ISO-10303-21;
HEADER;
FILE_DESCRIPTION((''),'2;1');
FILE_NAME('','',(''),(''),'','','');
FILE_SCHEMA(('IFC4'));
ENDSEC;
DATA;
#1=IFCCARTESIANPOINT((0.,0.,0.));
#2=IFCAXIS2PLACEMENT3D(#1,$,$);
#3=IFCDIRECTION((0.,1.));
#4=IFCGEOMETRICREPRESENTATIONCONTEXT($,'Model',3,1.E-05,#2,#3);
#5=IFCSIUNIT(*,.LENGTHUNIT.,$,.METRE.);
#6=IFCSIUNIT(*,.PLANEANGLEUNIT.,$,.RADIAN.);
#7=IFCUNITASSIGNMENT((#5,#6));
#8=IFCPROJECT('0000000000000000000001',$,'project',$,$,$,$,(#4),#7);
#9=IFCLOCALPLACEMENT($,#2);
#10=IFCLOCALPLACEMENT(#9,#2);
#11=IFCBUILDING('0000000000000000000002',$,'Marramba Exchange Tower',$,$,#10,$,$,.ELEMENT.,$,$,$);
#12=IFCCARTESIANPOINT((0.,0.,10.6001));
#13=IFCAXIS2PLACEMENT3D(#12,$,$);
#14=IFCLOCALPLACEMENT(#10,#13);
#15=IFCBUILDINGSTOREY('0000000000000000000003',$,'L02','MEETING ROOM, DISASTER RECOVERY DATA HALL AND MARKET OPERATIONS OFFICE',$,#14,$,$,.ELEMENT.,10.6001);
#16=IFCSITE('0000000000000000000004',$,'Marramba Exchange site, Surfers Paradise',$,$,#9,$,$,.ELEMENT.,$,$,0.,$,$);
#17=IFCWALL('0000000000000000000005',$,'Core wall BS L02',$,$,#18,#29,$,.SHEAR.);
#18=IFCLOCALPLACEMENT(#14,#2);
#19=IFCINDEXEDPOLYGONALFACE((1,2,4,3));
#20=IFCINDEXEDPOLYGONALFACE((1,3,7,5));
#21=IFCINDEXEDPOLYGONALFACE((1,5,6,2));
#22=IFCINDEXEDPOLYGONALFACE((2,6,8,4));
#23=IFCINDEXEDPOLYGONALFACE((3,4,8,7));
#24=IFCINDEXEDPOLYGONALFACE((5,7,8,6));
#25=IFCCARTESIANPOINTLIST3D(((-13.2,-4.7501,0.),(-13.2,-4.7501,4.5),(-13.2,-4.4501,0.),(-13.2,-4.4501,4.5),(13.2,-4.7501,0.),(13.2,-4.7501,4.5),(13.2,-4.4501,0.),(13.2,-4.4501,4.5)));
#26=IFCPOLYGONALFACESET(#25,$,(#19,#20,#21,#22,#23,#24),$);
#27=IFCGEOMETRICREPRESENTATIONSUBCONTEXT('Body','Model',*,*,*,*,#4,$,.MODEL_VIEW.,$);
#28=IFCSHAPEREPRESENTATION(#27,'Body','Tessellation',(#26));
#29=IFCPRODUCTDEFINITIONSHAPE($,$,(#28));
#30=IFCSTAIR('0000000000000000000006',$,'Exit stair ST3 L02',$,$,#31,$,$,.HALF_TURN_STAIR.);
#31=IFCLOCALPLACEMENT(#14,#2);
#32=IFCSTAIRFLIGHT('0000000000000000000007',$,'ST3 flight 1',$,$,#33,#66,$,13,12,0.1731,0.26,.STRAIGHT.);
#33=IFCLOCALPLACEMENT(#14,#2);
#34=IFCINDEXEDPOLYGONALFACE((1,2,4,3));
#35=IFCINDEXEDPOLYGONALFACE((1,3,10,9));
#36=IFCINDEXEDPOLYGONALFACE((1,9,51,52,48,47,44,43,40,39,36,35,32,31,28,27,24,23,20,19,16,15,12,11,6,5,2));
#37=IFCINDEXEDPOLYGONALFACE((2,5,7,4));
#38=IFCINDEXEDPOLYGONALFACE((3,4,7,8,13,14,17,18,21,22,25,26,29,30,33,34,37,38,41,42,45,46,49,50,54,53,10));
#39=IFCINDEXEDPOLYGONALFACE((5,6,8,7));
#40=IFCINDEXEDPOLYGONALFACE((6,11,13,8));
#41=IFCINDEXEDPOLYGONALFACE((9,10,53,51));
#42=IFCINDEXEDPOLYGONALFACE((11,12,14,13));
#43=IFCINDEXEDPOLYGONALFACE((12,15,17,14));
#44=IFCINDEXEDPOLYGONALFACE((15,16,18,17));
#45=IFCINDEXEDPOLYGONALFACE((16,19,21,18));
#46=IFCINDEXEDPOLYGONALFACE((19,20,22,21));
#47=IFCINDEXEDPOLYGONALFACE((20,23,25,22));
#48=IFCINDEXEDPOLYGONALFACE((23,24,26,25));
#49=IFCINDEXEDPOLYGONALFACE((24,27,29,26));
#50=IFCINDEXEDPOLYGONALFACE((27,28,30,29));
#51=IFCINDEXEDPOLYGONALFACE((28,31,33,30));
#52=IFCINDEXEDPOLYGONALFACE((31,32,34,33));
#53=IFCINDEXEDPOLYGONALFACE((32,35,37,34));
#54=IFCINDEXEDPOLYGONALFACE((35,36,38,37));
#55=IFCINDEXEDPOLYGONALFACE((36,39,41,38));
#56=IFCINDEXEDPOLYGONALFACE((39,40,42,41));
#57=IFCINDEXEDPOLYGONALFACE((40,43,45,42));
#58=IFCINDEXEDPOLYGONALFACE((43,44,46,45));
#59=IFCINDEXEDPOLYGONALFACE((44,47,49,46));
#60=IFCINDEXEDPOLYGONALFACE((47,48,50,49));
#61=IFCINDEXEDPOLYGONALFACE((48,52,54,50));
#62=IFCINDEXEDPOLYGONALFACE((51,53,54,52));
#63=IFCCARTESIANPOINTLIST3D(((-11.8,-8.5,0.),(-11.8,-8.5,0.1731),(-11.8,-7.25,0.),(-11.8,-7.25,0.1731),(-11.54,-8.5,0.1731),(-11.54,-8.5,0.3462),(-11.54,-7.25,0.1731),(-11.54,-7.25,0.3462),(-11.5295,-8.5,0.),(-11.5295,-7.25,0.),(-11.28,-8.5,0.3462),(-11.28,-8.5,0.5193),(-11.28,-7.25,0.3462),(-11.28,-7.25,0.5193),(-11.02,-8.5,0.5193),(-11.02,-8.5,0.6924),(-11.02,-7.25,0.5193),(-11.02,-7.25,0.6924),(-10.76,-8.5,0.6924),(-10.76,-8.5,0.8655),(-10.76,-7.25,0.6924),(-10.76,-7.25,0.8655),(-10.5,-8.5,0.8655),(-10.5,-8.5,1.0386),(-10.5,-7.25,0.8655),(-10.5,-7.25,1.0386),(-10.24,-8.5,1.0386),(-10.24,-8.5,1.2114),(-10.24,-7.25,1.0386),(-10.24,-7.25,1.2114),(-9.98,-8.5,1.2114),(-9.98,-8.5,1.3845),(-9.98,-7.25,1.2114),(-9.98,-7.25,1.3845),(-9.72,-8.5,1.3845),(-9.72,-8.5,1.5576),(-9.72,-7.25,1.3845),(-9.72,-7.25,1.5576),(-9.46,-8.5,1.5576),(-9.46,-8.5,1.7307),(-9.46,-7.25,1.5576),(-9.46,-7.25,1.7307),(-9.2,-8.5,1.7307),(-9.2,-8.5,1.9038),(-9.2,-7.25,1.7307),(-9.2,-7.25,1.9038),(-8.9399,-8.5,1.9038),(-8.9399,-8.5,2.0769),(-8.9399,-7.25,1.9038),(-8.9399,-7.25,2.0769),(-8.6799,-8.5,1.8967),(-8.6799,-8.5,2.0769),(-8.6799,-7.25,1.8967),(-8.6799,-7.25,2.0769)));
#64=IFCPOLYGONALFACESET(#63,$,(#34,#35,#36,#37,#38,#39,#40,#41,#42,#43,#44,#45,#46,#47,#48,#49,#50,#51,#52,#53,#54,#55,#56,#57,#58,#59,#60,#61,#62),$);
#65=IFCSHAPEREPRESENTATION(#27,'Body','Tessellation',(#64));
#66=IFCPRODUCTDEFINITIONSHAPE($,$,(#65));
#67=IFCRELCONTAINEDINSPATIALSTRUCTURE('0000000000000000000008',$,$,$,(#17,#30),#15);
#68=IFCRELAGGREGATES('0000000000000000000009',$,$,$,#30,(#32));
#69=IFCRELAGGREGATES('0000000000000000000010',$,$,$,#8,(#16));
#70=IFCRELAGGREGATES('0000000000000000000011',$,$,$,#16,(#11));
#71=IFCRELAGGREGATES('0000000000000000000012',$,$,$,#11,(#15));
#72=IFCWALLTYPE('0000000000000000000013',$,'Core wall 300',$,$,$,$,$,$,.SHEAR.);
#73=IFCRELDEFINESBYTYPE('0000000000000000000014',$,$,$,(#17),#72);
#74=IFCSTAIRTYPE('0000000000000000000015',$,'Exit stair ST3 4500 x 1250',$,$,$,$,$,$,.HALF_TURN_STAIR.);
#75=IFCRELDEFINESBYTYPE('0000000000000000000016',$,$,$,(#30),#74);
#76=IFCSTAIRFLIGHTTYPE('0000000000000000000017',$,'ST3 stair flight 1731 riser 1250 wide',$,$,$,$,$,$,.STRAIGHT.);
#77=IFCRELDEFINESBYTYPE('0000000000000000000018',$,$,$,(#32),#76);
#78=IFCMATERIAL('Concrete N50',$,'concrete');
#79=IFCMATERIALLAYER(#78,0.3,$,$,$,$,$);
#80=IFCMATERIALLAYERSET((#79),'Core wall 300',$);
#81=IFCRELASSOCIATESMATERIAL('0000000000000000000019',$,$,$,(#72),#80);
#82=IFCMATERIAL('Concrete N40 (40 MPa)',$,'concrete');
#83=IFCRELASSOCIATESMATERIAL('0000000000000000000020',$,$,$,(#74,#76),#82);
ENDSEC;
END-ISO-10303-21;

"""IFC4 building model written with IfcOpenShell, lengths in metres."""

from ifc_helpers import new_model, si_unit, direction, frame, frame_2d, origin, place, context, subcontext, project, spatial, polyline, rectangle, outline, extrude, material, layer, layer_set, type_object, element, aggregate, save


model = new_model("IFC4")

# Units and contexts
model_context = context("Model", 3, precision=1e-05, world=origin(), true_north=direction((0.0, 1.0)))
body_context = subcontext(model_context, "Body", "Model", "MODEL_VIEW")
ifc_project = project(units=[si_unit("LENGTHUNIT", "METRE"), si_unit("PLANEANGLEUNIT", "RADIAN")], contexts=[model_context])

# Site, building, storey
site_placement = place(None, origin())
site = spatial("IfcSite", under=ifc_project, at=site_placement, Name="Marramba Exchange site, Surfers Paradise", CompositionType="ELEMENT", RefElevation=0.0)
building_placement = place(site_placement, origin())
building = spatial("IfcBuilding", under=site, at=building_placement, Name="Marramba Exchange Tower", CompositionType="ELEMENT")
storey_placement = place(building_placement, frame((0.0, 0.0, 10.6001)))
storey = spatial("IfcBuildingStorey", under=building, at=storey_placement, Name="L02", Description="MEETING ROOM, DISASTER RECOVERY DATA HALL AND MARKET OPERATIONS OFFICE", CompositionType="ELEMENT", Elevation=10.6001)

# Shared definitions
ifc_material_1 = material(Name="Concrete N50", Category="concrete")
ifc_layer_1 = layer(ifc_material_1, 0.3)
ifc_layer_set_1 = layer_set([ifc_layer_1], Name="Core wall 300")
wall_type_1 = type_object("IfcWallType", Name="Core wall 300", PredefinedType="SHEAR", material=ifc_layer_set_1)

# Wall
wall_1_placement = place(storey_placement, frame((-13.2, -4.6001, 0.0), z_axis=(0.0, 0.0, 1.0), x_axis=(1.0, 0.0, 0.0)))
element("IfcWall", 1, at=wall_1_placement, inside=storey, type_object=wall_type_1, Name="Core wall BS L02", PredefinedType="SHEAR", context=body_context, shape_type="SweptSolid", body=[
    extrude(rectangle(XDim=26.3999, YDim=0.3, at=frame_2d((13.2, 0.0))), origin(), (0.0, 0.0, 1.0), 4.5),
])

# Stair, stair flight
ifc_material_2 = material(Name="Concrete N40 (40 MPa)", Category="concrete")
stair_type = type_object("IfcStairType", Name="Exit stair ST3 4500 x 1250", PredefinedType="HALF_TURN_STAIR", material=ifc_material_2)
stair_placement = place(storey_placement, origin())
stair = element("IfcStair", 2, at=stair_placement, inside=storey, type_object=stair_type, Name="Exit stair ST3 L02", PredefinedType="HALF_TURN_STAIR")
stair_flight_type = type_object("IfcStairFlightType", Name="ST3 stair flight 1731 riser 1250 wide", PredefinedType="STRAIGHT", material=ifc_material_2)
stair_flight_placement = place(storey_placement, frame((-11.8, -7.875, 0.0), z_axis=(0.0, 0.0, 1.0), x_axis=(1.0, 0.0, 0.0)))
stair_flight = element("IfcStairFlight", 3, at=stair_flight_placement, type_object=stair_flight_type, Name="ST3 flight 1", NumberOfRisers=13, NumberOfTreads=12, PredefinedType="STRAIGHT", RiserHeight=0.1731, TreadLength=0.26, context=body_context, shape_type="SweptSolid", body=[
    extrude(outline(polyline([(0.0, 0.0), (0.0, 0.1731), (0.26, 0.1731), (0.26, 0.3462), (0.52, 0.3462), (0.52, 0.5193), (0.78, 0.5193), (0.78, 0.6924), (1.04, 0.6924), (1.04, 0.8655), (1.3, 0.8655), (1.3, 1.0386), (1.5601, 1.0386), (1.5601, 1.2114), (1.8201, 1.2114), (1.8201, 1.3845), (2.0801, 1.3845), (2.0801, 1.5576), (2.3401, 1.5576), (2.3401, 1.7307), (2.6001, 1.7307), (2.6001, 1.9038), (2.8601, 1.9038), (2.8601, 2.0769), (3.1201, 2.0769), (3.1201, 2.25), (3.1201, 1.8967), (0.2705, 0.0), (0.0, 0.0)])), frame((0.0, 0.625, 0.0), z_axis=(0.0, -1.0, 0.0), x_axis=(1.0, 0.0, 0.0)), (0.0, 0.0, 1.0), 1.25),
])
aggregate(stair, [stair_flight])

save(model, "model.ifc")
